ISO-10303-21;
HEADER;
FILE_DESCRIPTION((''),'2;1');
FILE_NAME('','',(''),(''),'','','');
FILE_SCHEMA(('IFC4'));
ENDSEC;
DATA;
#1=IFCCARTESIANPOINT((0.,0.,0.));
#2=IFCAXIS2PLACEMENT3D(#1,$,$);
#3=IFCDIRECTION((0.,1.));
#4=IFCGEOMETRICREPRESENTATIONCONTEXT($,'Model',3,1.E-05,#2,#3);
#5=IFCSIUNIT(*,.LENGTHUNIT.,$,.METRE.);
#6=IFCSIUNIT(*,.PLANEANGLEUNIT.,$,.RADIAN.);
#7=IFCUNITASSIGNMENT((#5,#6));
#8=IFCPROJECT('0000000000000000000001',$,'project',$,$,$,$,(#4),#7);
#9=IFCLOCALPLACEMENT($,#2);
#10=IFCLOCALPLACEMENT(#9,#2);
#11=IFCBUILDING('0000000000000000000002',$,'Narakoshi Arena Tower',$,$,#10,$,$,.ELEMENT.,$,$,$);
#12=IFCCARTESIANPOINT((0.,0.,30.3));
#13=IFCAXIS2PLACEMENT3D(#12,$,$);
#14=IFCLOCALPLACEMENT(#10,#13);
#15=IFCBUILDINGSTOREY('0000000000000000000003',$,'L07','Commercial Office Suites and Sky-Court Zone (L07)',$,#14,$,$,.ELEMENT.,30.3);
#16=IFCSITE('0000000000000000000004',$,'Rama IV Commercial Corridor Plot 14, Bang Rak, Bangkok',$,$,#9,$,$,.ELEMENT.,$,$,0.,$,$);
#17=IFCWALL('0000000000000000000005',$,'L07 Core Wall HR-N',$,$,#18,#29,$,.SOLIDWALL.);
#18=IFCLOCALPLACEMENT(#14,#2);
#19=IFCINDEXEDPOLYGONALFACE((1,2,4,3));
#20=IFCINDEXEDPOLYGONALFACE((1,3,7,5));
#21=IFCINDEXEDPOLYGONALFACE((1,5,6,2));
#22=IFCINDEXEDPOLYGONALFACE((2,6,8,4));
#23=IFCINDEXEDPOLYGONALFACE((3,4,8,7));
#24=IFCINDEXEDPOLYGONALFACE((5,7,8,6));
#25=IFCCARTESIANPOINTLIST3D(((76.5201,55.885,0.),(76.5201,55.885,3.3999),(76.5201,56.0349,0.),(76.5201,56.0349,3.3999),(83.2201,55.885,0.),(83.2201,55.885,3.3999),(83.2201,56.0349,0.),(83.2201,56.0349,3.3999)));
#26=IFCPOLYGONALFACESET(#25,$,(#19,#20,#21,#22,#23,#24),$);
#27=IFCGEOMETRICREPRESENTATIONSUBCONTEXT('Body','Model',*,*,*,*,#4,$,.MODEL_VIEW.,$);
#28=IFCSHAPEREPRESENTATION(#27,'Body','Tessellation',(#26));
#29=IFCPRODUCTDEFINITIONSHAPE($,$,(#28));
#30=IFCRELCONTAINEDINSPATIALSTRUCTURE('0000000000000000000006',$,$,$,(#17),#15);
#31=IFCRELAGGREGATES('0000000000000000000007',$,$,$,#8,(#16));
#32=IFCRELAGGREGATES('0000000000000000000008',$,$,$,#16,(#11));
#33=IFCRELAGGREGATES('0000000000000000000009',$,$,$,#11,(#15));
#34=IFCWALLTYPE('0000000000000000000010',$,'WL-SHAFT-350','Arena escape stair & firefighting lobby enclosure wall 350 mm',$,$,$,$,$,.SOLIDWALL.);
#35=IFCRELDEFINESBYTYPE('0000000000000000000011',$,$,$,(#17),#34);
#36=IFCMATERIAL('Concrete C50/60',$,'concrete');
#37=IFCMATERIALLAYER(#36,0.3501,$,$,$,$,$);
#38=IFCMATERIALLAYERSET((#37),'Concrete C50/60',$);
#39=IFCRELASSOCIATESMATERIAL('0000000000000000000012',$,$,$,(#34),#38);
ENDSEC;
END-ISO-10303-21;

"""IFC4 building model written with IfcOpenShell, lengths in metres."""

from ifc_helpers import new_model, si_unit, direction, frame, frame_2d, origin, place, context, subcontext, project, spatial, rectangle, extrude, material, layer, layer_set, type_object, element, save


model = new_model("IFC4")

# Units and contexts
model_context = context("Model", 3, precision=1e-05, world=origin(), true_north=direction((0.0, 1.0)))
body_context = subcontext(model_context, "Body", "Model", "MODEL_VIEW")
ifc_project = project(units=[si_unit("LENGTHUNIT", "METRE"), si_unit("PLANEANGLEUNIT", "RADIAN")], contexts=[model_context])

# Site, building, storey
site_placement = place(None, origin())
site = spatial("IfcSite", under=ifc_project, at=site_placement, Name="Rama IV Commercial Corridor Plot 14, Bang Rak, Bangkok", CompositionType="ELEMENT", RefElevation=0.0)
building_placement = place(site_placement, origin())
building = spatial("IfcBuilding", under=site, at=building_placement, Name="Narakoshi Arena Tower", CompositionType="ELEMENT")
storey_placement = place(building_placement, frame((0.0, 0.0, 30.3)))
storey = spatial("IfcBuildingStorey", under=building, at=storey_placement, Name="L07", Description="Commercial Office Suites and Sky-Court Zone (L07)", CompositionType="ELEMENT", Elevation=30.3)

# Wall
ifc_material_1 = material(Name="Concrete C50/60", Category="concrete")
ifc_layer_1 = layer(ifc_material_1, 0.3501)
ifc_layer_set_1 = layer_set([ifc_layer_1], Name="Concrete C50/60")
wall_type_1 = type_object("IfcWallType", Name="WL-SHAFT-350", Description="Arena escape stair & firefighting lobby enclosure wall 350 mm", PredefinedType="SOLIDWALL", material=ifc_layer_set_1)
wall_1_placement = place(storey_placement, frame((76.52, 55.96, 0.0), z_axis=(0.0, 0.0, 1.0), x_axis=(1.0, 0.0, 0.0)))
element("IfcWall", 1, at=wall_1_placement, inside=storey, type_object=wall_type_1, Name="L07 Core Wall HR-N", PredefinedType="SOLIDWALL", context=body_context, shape_type="SweptSolid", body=[
    extrude(rectangle(XDim=6.7, YDim=0.1499, at=frame_2d((3.3501, 0.0))), origin(), (0.0, 0.0, 1.0), 3.3999),
])

save(model, "model.ifc")
